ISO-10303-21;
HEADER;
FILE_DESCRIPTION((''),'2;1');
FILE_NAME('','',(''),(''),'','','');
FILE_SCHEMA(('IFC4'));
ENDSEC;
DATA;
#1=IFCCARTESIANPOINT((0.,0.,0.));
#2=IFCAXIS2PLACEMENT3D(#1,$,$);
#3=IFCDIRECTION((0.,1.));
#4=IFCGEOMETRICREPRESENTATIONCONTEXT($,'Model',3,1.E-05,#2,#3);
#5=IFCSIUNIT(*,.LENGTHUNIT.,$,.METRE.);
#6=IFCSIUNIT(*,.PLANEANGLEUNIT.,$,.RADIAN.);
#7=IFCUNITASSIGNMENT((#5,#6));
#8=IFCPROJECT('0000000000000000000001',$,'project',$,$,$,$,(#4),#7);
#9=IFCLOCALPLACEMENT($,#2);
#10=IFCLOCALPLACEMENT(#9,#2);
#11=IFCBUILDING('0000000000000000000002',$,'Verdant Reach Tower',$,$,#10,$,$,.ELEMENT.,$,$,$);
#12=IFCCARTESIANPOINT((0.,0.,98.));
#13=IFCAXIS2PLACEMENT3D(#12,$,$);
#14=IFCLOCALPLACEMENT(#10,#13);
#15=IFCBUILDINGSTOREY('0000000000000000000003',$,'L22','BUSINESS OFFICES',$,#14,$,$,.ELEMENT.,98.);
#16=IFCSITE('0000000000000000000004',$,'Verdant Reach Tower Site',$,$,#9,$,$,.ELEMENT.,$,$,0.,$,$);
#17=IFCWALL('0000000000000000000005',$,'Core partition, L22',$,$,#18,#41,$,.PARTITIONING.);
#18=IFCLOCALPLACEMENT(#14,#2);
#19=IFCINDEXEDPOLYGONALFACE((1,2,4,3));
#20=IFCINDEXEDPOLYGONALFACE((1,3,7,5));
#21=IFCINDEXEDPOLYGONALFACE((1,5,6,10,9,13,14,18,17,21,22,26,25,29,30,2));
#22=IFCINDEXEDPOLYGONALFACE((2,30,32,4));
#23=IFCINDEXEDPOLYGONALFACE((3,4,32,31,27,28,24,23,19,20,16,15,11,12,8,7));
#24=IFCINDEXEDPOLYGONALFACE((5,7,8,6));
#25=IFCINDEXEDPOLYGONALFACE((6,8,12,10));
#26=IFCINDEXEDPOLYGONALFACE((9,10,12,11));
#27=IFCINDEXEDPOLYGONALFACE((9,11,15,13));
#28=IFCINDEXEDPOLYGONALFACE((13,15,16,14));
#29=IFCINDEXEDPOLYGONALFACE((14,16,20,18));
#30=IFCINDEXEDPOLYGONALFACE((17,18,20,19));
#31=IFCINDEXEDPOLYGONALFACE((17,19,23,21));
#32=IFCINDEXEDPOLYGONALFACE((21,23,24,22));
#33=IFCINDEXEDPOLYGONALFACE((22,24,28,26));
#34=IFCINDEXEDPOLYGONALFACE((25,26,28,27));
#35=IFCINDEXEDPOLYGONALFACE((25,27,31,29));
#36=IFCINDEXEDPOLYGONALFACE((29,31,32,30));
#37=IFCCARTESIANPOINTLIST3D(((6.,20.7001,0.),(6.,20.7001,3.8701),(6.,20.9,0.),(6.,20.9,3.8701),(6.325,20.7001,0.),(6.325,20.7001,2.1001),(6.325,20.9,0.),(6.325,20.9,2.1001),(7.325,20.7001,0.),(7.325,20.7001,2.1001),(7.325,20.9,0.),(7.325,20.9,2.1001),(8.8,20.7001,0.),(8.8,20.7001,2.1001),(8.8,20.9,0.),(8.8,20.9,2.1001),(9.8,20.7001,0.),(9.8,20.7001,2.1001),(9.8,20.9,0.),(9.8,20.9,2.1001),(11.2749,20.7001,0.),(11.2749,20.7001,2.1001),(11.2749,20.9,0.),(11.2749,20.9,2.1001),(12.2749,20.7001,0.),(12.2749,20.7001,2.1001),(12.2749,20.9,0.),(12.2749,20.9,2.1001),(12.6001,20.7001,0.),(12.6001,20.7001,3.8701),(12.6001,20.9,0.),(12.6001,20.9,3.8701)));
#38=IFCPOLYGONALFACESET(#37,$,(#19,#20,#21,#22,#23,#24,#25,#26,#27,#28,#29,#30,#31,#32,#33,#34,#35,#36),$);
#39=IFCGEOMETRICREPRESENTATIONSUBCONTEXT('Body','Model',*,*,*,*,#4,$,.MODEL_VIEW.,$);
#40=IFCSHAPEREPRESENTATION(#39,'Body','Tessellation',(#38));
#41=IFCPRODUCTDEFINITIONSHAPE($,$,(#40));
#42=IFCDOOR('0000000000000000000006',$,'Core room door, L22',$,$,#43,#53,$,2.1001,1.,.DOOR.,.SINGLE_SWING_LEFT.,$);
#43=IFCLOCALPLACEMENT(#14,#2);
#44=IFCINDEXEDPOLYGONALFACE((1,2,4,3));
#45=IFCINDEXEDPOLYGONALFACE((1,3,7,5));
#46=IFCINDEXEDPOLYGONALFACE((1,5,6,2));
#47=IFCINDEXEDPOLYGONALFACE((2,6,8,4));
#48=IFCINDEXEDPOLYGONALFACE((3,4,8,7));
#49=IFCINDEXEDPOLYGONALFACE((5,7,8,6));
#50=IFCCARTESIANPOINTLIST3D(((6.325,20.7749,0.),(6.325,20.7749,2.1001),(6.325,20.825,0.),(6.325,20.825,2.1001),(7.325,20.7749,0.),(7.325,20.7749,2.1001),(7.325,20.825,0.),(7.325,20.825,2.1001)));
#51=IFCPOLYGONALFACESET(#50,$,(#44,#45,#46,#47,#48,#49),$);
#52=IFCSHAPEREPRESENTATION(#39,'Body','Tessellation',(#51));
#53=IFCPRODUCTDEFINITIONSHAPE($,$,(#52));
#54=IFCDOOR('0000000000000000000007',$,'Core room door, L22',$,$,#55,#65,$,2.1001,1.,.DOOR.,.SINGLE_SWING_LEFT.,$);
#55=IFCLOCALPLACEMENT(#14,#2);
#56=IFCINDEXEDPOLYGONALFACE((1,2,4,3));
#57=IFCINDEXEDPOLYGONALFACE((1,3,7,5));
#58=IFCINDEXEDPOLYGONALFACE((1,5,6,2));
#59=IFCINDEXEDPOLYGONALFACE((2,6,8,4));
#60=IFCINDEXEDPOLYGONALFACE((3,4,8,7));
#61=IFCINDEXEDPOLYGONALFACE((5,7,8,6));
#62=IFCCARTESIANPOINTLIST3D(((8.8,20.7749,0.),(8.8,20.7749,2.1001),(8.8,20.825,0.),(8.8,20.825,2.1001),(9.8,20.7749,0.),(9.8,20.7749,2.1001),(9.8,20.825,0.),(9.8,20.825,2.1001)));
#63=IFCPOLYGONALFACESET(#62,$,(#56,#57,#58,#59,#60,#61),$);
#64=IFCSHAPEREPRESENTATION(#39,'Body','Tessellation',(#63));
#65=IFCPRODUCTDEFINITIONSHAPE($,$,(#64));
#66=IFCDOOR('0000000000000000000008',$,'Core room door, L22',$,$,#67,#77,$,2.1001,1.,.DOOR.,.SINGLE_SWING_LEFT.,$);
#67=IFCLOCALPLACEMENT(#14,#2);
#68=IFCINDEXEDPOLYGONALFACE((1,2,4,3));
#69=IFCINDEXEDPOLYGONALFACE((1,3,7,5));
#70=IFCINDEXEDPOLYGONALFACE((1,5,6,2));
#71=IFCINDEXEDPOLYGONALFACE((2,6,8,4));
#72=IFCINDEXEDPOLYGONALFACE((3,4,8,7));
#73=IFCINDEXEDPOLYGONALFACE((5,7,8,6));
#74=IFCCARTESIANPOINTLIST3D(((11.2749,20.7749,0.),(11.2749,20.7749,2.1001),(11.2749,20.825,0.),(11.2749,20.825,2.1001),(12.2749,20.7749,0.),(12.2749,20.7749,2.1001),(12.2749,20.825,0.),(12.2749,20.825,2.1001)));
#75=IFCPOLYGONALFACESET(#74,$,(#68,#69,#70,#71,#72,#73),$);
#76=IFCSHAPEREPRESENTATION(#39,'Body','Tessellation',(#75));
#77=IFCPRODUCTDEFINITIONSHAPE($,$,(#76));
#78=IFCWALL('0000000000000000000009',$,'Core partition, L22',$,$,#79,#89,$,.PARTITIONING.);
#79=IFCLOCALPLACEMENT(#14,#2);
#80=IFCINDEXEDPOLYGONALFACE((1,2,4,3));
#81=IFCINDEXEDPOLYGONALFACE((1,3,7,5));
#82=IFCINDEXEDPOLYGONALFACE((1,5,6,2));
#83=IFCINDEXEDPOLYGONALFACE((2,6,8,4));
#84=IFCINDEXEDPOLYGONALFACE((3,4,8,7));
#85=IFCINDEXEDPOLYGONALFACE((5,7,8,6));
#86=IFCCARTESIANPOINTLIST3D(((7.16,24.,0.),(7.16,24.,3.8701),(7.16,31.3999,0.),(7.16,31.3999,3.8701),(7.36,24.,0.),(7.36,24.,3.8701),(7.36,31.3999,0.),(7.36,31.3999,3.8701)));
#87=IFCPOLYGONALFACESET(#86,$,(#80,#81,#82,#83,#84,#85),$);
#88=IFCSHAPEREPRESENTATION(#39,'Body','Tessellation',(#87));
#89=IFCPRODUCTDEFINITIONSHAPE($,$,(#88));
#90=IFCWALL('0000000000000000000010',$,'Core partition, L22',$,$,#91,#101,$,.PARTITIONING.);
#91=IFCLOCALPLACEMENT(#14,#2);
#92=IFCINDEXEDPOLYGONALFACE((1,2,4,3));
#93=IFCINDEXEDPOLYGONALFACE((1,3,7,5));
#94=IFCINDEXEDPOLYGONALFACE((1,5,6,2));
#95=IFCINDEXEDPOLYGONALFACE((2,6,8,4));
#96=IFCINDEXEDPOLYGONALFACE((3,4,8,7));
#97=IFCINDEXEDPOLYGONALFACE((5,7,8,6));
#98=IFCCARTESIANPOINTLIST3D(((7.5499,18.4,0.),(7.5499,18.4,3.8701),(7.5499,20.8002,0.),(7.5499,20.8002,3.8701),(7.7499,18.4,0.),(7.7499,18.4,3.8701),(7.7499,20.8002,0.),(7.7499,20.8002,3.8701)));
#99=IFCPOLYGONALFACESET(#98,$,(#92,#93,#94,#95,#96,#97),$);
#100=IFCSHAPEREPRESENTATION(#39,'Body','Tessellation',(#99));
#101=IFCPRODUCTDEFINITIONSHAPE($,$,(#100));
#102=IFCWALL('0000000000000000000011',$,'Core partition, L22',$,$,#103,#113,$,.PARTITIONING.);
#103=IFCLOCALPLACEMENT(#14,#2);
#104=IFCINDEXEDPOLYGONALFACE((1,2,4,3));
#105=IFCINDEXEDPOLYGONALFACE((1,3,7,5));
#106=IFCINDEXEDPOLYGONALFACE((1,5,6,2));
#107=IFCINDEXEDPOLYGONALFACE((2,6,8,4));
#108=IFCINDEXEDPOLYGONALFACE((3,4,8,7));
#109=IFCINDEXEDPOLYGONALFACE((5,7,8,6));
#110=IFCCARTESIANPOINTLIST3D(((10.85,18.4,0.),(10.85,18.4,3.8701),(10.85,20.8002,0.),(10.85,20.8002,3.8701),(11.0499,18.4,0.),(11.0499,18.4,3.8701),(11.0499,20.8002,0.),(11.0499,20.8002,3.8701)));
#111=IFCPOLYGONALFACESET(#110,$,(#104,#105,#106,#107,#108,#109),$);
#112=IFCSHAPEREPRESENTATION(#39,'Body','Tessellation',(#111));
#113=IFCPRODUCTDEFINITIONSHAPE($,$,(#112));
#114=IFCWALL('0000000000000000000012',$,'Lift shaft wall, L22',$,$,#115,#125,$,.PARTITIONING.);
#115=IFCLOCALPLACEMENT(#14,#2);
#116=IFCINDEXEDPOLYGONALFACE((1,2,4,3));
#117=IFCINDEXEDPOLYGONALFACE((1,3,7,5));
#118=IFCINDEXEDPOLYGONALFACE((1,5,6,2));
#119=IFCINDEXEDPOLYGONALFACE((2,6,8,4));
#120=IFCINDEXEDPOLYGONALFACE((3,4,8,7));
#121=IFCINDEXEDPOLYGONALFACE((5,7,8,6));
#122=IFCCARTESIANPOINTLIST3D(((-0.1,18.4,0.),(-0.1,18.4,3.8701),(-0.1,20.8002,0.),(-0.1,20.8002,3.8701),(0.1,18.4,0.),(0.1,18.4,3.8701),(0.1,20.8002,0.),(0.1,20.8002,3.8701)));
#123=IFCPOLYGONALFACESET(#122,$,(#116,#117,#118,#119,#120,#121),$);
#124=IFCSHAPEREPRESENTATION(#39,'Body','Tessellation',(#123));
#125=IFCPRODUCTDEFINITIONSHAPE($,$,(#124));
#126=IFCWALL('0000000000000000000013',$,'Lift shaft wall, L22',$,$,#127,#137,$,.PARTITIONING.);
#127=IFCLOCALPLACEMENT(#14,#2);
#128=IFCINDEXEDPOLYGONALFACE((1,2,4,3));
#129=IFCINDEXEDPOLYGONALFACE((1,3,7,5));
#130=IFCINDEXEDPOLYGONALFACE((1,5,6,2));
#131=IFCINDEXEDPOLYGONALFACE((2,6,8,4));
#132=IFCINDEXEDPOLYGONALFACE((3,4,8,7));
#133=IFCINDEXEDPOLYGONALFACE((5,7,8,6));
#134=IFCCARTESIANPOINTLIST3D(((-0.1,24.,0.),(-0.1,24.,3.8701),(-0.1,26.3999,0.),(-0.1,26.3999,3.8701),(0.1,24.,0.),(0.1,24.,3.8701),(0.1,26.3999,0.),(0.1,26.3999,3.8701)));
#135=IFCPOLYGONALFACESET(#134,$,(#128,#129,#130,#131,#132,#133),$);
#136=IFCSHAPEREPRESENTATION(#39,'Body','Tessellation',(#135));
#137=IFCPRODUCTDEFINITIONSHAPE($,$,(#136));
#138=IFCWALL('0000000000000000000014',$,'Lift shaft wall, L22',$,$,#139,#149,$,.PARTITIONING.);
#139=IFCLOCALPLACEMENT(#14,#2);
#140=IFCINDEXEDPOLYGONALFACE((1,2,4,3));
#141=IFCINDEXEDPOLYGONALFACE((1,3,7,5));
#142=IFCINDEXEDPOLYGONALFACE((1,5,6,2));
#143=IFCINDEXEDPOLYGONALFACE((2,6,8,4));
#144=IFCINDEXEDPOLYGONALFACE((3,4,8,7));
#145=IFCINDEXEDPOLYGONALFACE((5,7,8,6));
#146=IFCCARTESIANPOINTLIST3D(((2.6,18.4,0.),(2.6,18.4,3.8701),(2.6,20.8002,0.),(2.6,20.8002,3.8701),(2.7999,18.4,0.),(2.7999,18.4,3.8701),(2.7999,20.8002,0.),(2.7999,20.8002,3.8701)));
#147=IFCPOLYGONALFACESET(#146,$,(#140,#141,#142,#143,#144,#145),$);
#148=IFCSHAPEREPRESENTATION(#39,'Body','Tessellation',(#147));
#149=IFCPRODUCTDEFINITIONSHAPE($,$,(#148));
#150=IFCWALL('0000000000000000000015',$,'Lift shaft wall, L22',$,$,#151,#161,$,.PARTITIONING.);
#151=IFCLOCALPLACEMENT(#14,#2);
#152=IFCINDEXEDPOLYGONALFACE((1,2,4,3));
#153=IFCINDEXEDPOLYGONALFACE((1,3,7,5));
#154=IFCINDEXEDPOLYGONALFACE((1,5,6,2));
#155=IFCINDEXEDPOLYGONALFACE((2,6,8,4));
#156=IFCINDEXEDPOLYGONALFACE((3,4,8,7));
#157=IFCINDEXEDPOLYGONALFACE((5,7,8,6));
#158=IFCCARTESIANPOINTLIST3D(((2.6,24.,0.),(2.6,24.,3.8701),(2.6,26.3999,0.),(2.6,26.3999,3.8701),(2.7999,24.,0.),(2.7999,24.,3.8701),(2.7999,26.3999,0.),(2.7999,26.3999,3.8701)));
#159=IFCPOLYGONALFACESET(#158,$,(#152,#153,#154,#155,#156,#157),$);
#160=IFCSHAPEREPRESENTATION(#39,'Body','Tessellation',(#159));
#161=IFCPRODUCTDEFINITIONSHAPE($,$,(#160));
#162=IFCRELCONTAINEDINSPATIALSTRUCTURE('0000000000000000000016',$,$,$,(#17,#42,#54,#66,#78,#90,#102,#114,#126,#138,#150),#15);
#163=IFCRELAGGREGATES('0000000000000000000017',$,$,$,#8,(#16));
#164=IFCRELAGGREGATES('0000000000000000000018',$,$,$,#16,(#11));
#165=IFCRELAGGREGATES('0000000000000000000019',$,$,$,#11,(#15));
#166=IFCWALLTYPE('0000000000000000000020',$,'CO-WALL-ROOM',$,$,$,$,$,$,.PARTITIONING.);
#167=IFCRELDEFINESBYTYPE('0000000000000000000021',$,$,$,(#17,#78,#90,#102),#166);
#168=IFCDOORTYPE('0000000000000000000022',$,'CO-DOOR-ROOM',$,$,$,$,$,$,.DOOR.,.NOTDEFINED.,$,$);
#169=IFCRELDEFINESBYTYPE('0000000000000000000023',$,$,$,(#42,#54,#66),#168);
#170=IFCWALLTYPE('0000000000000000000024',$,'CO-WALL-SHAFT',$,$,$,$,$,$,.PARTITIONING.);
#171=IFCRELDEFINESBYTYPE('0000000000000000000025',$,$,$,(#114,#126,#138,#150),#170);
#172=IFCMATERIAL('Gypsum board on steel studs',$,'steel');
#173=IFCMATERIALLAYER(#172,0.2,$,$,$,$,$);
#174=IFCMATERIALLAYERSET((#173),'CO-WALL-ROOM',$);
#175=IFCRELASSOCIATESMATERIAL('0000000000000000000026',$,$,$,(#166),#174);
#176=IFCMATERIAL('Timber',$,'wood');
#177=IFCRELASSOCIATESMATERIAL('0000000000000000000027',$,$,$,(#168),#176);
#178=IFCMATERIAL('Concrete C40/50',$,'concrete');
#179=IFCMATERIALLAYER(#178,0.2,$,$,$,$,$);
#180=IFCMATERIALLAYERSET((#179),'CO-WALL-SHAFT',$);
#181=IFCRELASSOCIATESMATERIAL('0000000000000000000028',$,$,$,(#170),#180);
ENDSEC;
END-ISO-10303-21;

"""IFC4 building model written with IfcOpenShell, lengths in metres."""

from ifc_helpers import new_model, si_unit, direction, frame, frame_2d, origin, place, context, subcontext, project, spatial, rectangle, extrude, material, layer, layer_set, type_object, element, fill, save


model = new_model("IFC4")

# Units and contexts
model_context = context("Model", 3, precision=1e-05, world=origin(), true_north=direction((0.0, 1.0)))
body_context = subcontext(model_context, "Body", "Model", "MODEL_VIEW")
ifc_project = project(units=[si_unit("LENGTHUNIT", "METRE"), si_unit("PLANEANGLEUNIT", "RADIAN")], contexts=[model_context])

# Site, building, storey
site_placement = place(None, origin())
site = spatial("IfcSite", under=ifc_project, at=site_placement, Name="Verdant Reach Tower Site", CompositionType="ELEMENT", RefElevation=0.0)
building_placement = place(site_placement, origin())
building = spatial("IfcBuilding", under=site, at=building_placement, Name="Verdant Reach Tower", CompositionType="ELEMENT")
storey_placement = place(building_placement, frame((0.0, 0.0, 98.0)))
storey = spatial("IfcBuildingStorey", under=building, at=storey_placement, Name="L22", Description="BUSINESS OFFICES", CompositionType="ELEMENT", Elevation=98.0)

# Wall, openings, doors
ifc_material_1 = material(Name="Gypsum board on steel studs", Category="steel")
ifc_layer_1 = layer(ifc_material_1, 0.2)
ifc_layer_set_1 = layer_set([ifc_layer_1], Name="CO-WALL-ROOM")
wall_type_1 = type_object("IfcWallType", Name="CO-WALL-ROOM", PredefinedType="PARTITIONING", material=ifc_layer_set_1)
wall_1_placement = place(storey_placement, frame((6.0, 20.8, 0.0), z_axis=(0.0, 0.0, 1.0), x_axis=(1.0, 0.0, 0.0)))
wall_1 = element("IfcWall", 1, at=wall_1_placement, inside=storey, type_object=wall_type_1, Name="Core partition, L22", PredefinedType="PARTITIONING", context=body_context, shape_type="SweptSolid", body=[
    extrude(rectangle(XDim=6.6001, YDim=0.2, at=frame_2d((3.3, 0.0))), origin(), (0.0, 0.0, 1.0), 3.8701),
])
opening_1_placement = place(wall_1_placement, frame((0.325, 0.0, 0.0)))
opening_1 = element("IfcOpeningElement", 2, at=opening_1_placement, cuts=wall_1, PredefinedType="OPENING", context=body_context, shape_type="SweptSolid", body=[
    extrude(rectangle(XDim=1.0, YDim=2.1001, at=frame_2d((0.5, 1.05))), frame((0.0, 0.1099, 0.0), z_axis=(0.0, -1.0, 0.0), x_axis=(1.0, 0.0, 0.0)), (0.0, 0.0, 1.0), 0.22),
])
opening_2_placement = place(wall_1_placement, frame((2.8, 0.0, 0.0)))
opening_2 = element("IfcOpeningElement", 3, at=opening_2_placement, cuts=wall_1, PredefinedType="OPENING", context=body_context, shape_type="SweptSolid", body=[
    extrude(rectangle(XDim=1.0, YDim=2.1001, at=frame_2d((0.5, 1.05))), frame((0.0, 0.1099, 0.0), z_axis=(0.0, -1.0, 0.0), x_axis=(1.0, 0.0, 0.0)), (0.0, 0.0, 1.0), 0.22),
])
opening_3_placement = place(wall_1_placement, frame((5.2749, 0.0, 0.0)))
opening_3 = element("IfcOpeningElement", 4, at=opening_3_placement, cuts=wall_1, PredefinedType="OPENING", context=body_context, shape_type="SweptSolid", body=[
    extrude(rectangle(XDim=1.0, YDim=2.1001, at=frame_2d((0.5, 1.05))), frame((0.0, 0.1099, 0.0), z_axis=(0.0, -1.0, 0.0), x_axis=(1.0, 0.0, 0.0)), (0.0, 0.0, 1.0), 0.22),
])
ifc_material_2 = material(Name="Timber", Category="wood")
door_type_1 = type_object("IfcDoorType", Name="CO-DOOR-ROOM", OperationType="NOTDEFINED", PredefinedType="DOOR", material=ifc_material_2)
door_1_placement = place(opening_1_placement, origin())
door_1 = element("IfcDoor", 5, at=door_1_placement, inside=storey, type_object=door_type_1, Name="Core room door, L22", OperationType="SINGLE_SWING_LEFT", OverallHeight=2.1001, OverallWidth=1.0, PredefinedType="DOOR", context=body_context, shape_type="SweptSolid", body=[
    extrude(rectangle(XDim=1.0, YDim=2.1001, at=frame_2d((0.5, 1.05))), frame((0.0, 0.0249, 0.0), z_axis=(0.0, -1.0, 0.0), x_axis=(1.0, 0.0, 0.0)), (0.0, 0.0, 1.0), 0.05),
])
fill(opening_1, door_1)
door_2_placement = place(opening_2_placement, origin())
door_2 = element("IfcDoor", 6, at=door_2_placement, inside=storey, type_object=door_type_1, Name="Core room door, L22", OperationType="SINGLE_SWING_LEFT", OverallHeight=2.1001, OverallWidth=1.0, PredefinedType="DOOR", context=body_context, shape_type="SweptSolid", body=[
    extrude(rectangle(XDim=1.0, YDim=2.1001, at=frame_2d((0.5, 1.05))), frame((0.0, 0.0249, 0.0), z_axis=(0.0, -1.0, 0.0), x_axis=(1.0, 0.0, 0.0)), (0.0, 0.0, 1.0), 0.05),
])
fill(opening_2, door_2)
door_3_placement = place(opening_3_placement, origin())
door_3 = element("IfcDoor", 7, at=door_3_placement, inside=storey, type_object=door_type_1, Name="Core room door, L22", OperationType="SINGLE_SWING_LEFT", OverallHeight=2.1001, OverallWidth=1.0, PredefinedType="DOOR", context=body_context, shape_type="SweptSolid", body=[
    extrude(rectangle(XDim=1.0, YDim=2.1001, at=frame_2d((0.5, 1.05))), frame((0.0, 0.0249, 0.0), z_axis=(0.0, -1.0, 0.0), x_axis=(1.0, 0.0, 0.0)), (0.0, 0.0, 1.0), 0.05),
])
fill(opening_3, door_3)

# Walls
wall_2_placement = place(storey_placement, frame((7.26, 24.0, 0.0), z_axis=(0.0, 0.0, 1.0), x_axis=(0.0, 1.0, 0.0)))
element("IfcWall", 8, at=wall_2_placement, inside=storey, type_object=wall_type_1, Name="Core partition, L22", PredefinedType="PARTITIONING", context=body_context, shape_type="SweptSolid", body=[
    extrude(rectangle(XDim=7.3999, YDim=0.2, at=frame_2d((3.7, 0.0))), origin(), (0.0, 0.0, 1.0), 3.8701),
])
for number, where, z_axis, x_axis, name in (
    (9, (7.6499, 18.3999, 0.0), (0.0, 0.0, 1.0), (0.0, 1.0, 0.0), "Core partition, L22"),
    (10, (10.95, 18.3999, 0.0), (0.0, 0.0, 1.0), (0.0, 1.0, 0.0), "Core partition, L22"),
):
    element("IfcWall", number, at=place(storey_placement, frame(where, z_axis=z_axis, x_axis=x_axis)), inside=storey, type_object=wall_type_1, Name=name, PredefinedType="PARTITIONING", context=body_context, shape_type="SweptSolid", body=[
        extrude(rectangle(XDim=2.4001, YDim=0.2, at=frame_2d((1.2002, 0.0))), origin(), (0.0, 0.0, 1.0), 3.8701),
    ])
ifc_material_3 = material(Name="Concrete C40/50", Category="concrete")
ifc_layer_2 = layer(ifc_material_3, 0.2)
ifc_layer_set_2 = layer_set([ifc_layer_2], Name="CO-WALL-SHAFT")
wall_type_2 = type_object("IfcWallType", Name="CO-WALL-SHAFT", PredefinedType="PARTITIONING", material=ifc_layer_set_2)
wall_3_placement = place(storey_placement, frame((0.0, 18.3999, 0.0), z_axis=(0.0, 0.0, 1.0), x_axis=(0.0, 1.0, 0.0)))
element("IfcWall", 11, at=wall_3_placement, inside=storey, type_object=wall_type_2, Name="Lift shaft wall, L22", PredefinedType="PARTITIONING", context=body_context, shape_type="SweptSolid", body=[
    extrude(rectangle(XDim=2.4001, YDim=0.2, at=frame_2d((1.2002, 0.0))), origin(), (0.0, 0.0, 1.0), 3.8701),
])
wall_4_placement = place(storey_placement, frame((0.0, 24.0, 0.0), z_axis=(0.0, 0.0, 1.0), x_axis=(0.0, 1.0, 0.0)))
element("IfcWall", 12, at=wall_4_placement, inside=storey, type_object=wall_type_2, Name="Lift shaft wall, L22", PredefinedType="PARTITIONING", context=body_context, shape_type="SweptSolid", body=[
    extrude(rectangle(XDim=2.3999, YDim=0.2, at=frame_2d((1.2, 0.0))), origin(), (0.0, 0.0, 1.0), 3.8701),
])
wall_5_placement = place(storey_placement, frame((2.7, 18.3999, 0.0), z_axis=(0.0, 0.0, 1.0), x_axis=(0.0, 1.0, 0.0)))
element("IfcWall", 13, at=wall_5_placement, inside=storey, type_object=wall_type_2, Name="Lift shaft wall, L22", PredefinedType="PARTITIONING", context=body_context, shape_type="SweptSolid", body=[
    extrude(rectangle(XDim=2.4001, YDim=0.2, at=frame_2d((1.2002, 0.0))), origin(), (0.0, 0.0, 1.0), 3.8701),
])
wall_6_placement = place(storey_placement, frame((2.7, 24.0, 0.0), z_axis=(0.0, 0.0, 1.0), x_axis=(0.0, 1.0, 0.0)))
element("IfcWall", 14, at=wall_6_placement, inside=storey, type_object=wall_type_2, Name="Lift shaft wall, L22", PredefinedType="PARTITIONING", context=body_context, shape_type="SweptSolid", body=[
    extrude(rectangle(XDim=2.3999, YDim=0.2, at=frame_2d((1.2, 0.0))), origin(), (0.0, 0.0, 1.0), 3.8701),
])

save(model, "model.ifc")
